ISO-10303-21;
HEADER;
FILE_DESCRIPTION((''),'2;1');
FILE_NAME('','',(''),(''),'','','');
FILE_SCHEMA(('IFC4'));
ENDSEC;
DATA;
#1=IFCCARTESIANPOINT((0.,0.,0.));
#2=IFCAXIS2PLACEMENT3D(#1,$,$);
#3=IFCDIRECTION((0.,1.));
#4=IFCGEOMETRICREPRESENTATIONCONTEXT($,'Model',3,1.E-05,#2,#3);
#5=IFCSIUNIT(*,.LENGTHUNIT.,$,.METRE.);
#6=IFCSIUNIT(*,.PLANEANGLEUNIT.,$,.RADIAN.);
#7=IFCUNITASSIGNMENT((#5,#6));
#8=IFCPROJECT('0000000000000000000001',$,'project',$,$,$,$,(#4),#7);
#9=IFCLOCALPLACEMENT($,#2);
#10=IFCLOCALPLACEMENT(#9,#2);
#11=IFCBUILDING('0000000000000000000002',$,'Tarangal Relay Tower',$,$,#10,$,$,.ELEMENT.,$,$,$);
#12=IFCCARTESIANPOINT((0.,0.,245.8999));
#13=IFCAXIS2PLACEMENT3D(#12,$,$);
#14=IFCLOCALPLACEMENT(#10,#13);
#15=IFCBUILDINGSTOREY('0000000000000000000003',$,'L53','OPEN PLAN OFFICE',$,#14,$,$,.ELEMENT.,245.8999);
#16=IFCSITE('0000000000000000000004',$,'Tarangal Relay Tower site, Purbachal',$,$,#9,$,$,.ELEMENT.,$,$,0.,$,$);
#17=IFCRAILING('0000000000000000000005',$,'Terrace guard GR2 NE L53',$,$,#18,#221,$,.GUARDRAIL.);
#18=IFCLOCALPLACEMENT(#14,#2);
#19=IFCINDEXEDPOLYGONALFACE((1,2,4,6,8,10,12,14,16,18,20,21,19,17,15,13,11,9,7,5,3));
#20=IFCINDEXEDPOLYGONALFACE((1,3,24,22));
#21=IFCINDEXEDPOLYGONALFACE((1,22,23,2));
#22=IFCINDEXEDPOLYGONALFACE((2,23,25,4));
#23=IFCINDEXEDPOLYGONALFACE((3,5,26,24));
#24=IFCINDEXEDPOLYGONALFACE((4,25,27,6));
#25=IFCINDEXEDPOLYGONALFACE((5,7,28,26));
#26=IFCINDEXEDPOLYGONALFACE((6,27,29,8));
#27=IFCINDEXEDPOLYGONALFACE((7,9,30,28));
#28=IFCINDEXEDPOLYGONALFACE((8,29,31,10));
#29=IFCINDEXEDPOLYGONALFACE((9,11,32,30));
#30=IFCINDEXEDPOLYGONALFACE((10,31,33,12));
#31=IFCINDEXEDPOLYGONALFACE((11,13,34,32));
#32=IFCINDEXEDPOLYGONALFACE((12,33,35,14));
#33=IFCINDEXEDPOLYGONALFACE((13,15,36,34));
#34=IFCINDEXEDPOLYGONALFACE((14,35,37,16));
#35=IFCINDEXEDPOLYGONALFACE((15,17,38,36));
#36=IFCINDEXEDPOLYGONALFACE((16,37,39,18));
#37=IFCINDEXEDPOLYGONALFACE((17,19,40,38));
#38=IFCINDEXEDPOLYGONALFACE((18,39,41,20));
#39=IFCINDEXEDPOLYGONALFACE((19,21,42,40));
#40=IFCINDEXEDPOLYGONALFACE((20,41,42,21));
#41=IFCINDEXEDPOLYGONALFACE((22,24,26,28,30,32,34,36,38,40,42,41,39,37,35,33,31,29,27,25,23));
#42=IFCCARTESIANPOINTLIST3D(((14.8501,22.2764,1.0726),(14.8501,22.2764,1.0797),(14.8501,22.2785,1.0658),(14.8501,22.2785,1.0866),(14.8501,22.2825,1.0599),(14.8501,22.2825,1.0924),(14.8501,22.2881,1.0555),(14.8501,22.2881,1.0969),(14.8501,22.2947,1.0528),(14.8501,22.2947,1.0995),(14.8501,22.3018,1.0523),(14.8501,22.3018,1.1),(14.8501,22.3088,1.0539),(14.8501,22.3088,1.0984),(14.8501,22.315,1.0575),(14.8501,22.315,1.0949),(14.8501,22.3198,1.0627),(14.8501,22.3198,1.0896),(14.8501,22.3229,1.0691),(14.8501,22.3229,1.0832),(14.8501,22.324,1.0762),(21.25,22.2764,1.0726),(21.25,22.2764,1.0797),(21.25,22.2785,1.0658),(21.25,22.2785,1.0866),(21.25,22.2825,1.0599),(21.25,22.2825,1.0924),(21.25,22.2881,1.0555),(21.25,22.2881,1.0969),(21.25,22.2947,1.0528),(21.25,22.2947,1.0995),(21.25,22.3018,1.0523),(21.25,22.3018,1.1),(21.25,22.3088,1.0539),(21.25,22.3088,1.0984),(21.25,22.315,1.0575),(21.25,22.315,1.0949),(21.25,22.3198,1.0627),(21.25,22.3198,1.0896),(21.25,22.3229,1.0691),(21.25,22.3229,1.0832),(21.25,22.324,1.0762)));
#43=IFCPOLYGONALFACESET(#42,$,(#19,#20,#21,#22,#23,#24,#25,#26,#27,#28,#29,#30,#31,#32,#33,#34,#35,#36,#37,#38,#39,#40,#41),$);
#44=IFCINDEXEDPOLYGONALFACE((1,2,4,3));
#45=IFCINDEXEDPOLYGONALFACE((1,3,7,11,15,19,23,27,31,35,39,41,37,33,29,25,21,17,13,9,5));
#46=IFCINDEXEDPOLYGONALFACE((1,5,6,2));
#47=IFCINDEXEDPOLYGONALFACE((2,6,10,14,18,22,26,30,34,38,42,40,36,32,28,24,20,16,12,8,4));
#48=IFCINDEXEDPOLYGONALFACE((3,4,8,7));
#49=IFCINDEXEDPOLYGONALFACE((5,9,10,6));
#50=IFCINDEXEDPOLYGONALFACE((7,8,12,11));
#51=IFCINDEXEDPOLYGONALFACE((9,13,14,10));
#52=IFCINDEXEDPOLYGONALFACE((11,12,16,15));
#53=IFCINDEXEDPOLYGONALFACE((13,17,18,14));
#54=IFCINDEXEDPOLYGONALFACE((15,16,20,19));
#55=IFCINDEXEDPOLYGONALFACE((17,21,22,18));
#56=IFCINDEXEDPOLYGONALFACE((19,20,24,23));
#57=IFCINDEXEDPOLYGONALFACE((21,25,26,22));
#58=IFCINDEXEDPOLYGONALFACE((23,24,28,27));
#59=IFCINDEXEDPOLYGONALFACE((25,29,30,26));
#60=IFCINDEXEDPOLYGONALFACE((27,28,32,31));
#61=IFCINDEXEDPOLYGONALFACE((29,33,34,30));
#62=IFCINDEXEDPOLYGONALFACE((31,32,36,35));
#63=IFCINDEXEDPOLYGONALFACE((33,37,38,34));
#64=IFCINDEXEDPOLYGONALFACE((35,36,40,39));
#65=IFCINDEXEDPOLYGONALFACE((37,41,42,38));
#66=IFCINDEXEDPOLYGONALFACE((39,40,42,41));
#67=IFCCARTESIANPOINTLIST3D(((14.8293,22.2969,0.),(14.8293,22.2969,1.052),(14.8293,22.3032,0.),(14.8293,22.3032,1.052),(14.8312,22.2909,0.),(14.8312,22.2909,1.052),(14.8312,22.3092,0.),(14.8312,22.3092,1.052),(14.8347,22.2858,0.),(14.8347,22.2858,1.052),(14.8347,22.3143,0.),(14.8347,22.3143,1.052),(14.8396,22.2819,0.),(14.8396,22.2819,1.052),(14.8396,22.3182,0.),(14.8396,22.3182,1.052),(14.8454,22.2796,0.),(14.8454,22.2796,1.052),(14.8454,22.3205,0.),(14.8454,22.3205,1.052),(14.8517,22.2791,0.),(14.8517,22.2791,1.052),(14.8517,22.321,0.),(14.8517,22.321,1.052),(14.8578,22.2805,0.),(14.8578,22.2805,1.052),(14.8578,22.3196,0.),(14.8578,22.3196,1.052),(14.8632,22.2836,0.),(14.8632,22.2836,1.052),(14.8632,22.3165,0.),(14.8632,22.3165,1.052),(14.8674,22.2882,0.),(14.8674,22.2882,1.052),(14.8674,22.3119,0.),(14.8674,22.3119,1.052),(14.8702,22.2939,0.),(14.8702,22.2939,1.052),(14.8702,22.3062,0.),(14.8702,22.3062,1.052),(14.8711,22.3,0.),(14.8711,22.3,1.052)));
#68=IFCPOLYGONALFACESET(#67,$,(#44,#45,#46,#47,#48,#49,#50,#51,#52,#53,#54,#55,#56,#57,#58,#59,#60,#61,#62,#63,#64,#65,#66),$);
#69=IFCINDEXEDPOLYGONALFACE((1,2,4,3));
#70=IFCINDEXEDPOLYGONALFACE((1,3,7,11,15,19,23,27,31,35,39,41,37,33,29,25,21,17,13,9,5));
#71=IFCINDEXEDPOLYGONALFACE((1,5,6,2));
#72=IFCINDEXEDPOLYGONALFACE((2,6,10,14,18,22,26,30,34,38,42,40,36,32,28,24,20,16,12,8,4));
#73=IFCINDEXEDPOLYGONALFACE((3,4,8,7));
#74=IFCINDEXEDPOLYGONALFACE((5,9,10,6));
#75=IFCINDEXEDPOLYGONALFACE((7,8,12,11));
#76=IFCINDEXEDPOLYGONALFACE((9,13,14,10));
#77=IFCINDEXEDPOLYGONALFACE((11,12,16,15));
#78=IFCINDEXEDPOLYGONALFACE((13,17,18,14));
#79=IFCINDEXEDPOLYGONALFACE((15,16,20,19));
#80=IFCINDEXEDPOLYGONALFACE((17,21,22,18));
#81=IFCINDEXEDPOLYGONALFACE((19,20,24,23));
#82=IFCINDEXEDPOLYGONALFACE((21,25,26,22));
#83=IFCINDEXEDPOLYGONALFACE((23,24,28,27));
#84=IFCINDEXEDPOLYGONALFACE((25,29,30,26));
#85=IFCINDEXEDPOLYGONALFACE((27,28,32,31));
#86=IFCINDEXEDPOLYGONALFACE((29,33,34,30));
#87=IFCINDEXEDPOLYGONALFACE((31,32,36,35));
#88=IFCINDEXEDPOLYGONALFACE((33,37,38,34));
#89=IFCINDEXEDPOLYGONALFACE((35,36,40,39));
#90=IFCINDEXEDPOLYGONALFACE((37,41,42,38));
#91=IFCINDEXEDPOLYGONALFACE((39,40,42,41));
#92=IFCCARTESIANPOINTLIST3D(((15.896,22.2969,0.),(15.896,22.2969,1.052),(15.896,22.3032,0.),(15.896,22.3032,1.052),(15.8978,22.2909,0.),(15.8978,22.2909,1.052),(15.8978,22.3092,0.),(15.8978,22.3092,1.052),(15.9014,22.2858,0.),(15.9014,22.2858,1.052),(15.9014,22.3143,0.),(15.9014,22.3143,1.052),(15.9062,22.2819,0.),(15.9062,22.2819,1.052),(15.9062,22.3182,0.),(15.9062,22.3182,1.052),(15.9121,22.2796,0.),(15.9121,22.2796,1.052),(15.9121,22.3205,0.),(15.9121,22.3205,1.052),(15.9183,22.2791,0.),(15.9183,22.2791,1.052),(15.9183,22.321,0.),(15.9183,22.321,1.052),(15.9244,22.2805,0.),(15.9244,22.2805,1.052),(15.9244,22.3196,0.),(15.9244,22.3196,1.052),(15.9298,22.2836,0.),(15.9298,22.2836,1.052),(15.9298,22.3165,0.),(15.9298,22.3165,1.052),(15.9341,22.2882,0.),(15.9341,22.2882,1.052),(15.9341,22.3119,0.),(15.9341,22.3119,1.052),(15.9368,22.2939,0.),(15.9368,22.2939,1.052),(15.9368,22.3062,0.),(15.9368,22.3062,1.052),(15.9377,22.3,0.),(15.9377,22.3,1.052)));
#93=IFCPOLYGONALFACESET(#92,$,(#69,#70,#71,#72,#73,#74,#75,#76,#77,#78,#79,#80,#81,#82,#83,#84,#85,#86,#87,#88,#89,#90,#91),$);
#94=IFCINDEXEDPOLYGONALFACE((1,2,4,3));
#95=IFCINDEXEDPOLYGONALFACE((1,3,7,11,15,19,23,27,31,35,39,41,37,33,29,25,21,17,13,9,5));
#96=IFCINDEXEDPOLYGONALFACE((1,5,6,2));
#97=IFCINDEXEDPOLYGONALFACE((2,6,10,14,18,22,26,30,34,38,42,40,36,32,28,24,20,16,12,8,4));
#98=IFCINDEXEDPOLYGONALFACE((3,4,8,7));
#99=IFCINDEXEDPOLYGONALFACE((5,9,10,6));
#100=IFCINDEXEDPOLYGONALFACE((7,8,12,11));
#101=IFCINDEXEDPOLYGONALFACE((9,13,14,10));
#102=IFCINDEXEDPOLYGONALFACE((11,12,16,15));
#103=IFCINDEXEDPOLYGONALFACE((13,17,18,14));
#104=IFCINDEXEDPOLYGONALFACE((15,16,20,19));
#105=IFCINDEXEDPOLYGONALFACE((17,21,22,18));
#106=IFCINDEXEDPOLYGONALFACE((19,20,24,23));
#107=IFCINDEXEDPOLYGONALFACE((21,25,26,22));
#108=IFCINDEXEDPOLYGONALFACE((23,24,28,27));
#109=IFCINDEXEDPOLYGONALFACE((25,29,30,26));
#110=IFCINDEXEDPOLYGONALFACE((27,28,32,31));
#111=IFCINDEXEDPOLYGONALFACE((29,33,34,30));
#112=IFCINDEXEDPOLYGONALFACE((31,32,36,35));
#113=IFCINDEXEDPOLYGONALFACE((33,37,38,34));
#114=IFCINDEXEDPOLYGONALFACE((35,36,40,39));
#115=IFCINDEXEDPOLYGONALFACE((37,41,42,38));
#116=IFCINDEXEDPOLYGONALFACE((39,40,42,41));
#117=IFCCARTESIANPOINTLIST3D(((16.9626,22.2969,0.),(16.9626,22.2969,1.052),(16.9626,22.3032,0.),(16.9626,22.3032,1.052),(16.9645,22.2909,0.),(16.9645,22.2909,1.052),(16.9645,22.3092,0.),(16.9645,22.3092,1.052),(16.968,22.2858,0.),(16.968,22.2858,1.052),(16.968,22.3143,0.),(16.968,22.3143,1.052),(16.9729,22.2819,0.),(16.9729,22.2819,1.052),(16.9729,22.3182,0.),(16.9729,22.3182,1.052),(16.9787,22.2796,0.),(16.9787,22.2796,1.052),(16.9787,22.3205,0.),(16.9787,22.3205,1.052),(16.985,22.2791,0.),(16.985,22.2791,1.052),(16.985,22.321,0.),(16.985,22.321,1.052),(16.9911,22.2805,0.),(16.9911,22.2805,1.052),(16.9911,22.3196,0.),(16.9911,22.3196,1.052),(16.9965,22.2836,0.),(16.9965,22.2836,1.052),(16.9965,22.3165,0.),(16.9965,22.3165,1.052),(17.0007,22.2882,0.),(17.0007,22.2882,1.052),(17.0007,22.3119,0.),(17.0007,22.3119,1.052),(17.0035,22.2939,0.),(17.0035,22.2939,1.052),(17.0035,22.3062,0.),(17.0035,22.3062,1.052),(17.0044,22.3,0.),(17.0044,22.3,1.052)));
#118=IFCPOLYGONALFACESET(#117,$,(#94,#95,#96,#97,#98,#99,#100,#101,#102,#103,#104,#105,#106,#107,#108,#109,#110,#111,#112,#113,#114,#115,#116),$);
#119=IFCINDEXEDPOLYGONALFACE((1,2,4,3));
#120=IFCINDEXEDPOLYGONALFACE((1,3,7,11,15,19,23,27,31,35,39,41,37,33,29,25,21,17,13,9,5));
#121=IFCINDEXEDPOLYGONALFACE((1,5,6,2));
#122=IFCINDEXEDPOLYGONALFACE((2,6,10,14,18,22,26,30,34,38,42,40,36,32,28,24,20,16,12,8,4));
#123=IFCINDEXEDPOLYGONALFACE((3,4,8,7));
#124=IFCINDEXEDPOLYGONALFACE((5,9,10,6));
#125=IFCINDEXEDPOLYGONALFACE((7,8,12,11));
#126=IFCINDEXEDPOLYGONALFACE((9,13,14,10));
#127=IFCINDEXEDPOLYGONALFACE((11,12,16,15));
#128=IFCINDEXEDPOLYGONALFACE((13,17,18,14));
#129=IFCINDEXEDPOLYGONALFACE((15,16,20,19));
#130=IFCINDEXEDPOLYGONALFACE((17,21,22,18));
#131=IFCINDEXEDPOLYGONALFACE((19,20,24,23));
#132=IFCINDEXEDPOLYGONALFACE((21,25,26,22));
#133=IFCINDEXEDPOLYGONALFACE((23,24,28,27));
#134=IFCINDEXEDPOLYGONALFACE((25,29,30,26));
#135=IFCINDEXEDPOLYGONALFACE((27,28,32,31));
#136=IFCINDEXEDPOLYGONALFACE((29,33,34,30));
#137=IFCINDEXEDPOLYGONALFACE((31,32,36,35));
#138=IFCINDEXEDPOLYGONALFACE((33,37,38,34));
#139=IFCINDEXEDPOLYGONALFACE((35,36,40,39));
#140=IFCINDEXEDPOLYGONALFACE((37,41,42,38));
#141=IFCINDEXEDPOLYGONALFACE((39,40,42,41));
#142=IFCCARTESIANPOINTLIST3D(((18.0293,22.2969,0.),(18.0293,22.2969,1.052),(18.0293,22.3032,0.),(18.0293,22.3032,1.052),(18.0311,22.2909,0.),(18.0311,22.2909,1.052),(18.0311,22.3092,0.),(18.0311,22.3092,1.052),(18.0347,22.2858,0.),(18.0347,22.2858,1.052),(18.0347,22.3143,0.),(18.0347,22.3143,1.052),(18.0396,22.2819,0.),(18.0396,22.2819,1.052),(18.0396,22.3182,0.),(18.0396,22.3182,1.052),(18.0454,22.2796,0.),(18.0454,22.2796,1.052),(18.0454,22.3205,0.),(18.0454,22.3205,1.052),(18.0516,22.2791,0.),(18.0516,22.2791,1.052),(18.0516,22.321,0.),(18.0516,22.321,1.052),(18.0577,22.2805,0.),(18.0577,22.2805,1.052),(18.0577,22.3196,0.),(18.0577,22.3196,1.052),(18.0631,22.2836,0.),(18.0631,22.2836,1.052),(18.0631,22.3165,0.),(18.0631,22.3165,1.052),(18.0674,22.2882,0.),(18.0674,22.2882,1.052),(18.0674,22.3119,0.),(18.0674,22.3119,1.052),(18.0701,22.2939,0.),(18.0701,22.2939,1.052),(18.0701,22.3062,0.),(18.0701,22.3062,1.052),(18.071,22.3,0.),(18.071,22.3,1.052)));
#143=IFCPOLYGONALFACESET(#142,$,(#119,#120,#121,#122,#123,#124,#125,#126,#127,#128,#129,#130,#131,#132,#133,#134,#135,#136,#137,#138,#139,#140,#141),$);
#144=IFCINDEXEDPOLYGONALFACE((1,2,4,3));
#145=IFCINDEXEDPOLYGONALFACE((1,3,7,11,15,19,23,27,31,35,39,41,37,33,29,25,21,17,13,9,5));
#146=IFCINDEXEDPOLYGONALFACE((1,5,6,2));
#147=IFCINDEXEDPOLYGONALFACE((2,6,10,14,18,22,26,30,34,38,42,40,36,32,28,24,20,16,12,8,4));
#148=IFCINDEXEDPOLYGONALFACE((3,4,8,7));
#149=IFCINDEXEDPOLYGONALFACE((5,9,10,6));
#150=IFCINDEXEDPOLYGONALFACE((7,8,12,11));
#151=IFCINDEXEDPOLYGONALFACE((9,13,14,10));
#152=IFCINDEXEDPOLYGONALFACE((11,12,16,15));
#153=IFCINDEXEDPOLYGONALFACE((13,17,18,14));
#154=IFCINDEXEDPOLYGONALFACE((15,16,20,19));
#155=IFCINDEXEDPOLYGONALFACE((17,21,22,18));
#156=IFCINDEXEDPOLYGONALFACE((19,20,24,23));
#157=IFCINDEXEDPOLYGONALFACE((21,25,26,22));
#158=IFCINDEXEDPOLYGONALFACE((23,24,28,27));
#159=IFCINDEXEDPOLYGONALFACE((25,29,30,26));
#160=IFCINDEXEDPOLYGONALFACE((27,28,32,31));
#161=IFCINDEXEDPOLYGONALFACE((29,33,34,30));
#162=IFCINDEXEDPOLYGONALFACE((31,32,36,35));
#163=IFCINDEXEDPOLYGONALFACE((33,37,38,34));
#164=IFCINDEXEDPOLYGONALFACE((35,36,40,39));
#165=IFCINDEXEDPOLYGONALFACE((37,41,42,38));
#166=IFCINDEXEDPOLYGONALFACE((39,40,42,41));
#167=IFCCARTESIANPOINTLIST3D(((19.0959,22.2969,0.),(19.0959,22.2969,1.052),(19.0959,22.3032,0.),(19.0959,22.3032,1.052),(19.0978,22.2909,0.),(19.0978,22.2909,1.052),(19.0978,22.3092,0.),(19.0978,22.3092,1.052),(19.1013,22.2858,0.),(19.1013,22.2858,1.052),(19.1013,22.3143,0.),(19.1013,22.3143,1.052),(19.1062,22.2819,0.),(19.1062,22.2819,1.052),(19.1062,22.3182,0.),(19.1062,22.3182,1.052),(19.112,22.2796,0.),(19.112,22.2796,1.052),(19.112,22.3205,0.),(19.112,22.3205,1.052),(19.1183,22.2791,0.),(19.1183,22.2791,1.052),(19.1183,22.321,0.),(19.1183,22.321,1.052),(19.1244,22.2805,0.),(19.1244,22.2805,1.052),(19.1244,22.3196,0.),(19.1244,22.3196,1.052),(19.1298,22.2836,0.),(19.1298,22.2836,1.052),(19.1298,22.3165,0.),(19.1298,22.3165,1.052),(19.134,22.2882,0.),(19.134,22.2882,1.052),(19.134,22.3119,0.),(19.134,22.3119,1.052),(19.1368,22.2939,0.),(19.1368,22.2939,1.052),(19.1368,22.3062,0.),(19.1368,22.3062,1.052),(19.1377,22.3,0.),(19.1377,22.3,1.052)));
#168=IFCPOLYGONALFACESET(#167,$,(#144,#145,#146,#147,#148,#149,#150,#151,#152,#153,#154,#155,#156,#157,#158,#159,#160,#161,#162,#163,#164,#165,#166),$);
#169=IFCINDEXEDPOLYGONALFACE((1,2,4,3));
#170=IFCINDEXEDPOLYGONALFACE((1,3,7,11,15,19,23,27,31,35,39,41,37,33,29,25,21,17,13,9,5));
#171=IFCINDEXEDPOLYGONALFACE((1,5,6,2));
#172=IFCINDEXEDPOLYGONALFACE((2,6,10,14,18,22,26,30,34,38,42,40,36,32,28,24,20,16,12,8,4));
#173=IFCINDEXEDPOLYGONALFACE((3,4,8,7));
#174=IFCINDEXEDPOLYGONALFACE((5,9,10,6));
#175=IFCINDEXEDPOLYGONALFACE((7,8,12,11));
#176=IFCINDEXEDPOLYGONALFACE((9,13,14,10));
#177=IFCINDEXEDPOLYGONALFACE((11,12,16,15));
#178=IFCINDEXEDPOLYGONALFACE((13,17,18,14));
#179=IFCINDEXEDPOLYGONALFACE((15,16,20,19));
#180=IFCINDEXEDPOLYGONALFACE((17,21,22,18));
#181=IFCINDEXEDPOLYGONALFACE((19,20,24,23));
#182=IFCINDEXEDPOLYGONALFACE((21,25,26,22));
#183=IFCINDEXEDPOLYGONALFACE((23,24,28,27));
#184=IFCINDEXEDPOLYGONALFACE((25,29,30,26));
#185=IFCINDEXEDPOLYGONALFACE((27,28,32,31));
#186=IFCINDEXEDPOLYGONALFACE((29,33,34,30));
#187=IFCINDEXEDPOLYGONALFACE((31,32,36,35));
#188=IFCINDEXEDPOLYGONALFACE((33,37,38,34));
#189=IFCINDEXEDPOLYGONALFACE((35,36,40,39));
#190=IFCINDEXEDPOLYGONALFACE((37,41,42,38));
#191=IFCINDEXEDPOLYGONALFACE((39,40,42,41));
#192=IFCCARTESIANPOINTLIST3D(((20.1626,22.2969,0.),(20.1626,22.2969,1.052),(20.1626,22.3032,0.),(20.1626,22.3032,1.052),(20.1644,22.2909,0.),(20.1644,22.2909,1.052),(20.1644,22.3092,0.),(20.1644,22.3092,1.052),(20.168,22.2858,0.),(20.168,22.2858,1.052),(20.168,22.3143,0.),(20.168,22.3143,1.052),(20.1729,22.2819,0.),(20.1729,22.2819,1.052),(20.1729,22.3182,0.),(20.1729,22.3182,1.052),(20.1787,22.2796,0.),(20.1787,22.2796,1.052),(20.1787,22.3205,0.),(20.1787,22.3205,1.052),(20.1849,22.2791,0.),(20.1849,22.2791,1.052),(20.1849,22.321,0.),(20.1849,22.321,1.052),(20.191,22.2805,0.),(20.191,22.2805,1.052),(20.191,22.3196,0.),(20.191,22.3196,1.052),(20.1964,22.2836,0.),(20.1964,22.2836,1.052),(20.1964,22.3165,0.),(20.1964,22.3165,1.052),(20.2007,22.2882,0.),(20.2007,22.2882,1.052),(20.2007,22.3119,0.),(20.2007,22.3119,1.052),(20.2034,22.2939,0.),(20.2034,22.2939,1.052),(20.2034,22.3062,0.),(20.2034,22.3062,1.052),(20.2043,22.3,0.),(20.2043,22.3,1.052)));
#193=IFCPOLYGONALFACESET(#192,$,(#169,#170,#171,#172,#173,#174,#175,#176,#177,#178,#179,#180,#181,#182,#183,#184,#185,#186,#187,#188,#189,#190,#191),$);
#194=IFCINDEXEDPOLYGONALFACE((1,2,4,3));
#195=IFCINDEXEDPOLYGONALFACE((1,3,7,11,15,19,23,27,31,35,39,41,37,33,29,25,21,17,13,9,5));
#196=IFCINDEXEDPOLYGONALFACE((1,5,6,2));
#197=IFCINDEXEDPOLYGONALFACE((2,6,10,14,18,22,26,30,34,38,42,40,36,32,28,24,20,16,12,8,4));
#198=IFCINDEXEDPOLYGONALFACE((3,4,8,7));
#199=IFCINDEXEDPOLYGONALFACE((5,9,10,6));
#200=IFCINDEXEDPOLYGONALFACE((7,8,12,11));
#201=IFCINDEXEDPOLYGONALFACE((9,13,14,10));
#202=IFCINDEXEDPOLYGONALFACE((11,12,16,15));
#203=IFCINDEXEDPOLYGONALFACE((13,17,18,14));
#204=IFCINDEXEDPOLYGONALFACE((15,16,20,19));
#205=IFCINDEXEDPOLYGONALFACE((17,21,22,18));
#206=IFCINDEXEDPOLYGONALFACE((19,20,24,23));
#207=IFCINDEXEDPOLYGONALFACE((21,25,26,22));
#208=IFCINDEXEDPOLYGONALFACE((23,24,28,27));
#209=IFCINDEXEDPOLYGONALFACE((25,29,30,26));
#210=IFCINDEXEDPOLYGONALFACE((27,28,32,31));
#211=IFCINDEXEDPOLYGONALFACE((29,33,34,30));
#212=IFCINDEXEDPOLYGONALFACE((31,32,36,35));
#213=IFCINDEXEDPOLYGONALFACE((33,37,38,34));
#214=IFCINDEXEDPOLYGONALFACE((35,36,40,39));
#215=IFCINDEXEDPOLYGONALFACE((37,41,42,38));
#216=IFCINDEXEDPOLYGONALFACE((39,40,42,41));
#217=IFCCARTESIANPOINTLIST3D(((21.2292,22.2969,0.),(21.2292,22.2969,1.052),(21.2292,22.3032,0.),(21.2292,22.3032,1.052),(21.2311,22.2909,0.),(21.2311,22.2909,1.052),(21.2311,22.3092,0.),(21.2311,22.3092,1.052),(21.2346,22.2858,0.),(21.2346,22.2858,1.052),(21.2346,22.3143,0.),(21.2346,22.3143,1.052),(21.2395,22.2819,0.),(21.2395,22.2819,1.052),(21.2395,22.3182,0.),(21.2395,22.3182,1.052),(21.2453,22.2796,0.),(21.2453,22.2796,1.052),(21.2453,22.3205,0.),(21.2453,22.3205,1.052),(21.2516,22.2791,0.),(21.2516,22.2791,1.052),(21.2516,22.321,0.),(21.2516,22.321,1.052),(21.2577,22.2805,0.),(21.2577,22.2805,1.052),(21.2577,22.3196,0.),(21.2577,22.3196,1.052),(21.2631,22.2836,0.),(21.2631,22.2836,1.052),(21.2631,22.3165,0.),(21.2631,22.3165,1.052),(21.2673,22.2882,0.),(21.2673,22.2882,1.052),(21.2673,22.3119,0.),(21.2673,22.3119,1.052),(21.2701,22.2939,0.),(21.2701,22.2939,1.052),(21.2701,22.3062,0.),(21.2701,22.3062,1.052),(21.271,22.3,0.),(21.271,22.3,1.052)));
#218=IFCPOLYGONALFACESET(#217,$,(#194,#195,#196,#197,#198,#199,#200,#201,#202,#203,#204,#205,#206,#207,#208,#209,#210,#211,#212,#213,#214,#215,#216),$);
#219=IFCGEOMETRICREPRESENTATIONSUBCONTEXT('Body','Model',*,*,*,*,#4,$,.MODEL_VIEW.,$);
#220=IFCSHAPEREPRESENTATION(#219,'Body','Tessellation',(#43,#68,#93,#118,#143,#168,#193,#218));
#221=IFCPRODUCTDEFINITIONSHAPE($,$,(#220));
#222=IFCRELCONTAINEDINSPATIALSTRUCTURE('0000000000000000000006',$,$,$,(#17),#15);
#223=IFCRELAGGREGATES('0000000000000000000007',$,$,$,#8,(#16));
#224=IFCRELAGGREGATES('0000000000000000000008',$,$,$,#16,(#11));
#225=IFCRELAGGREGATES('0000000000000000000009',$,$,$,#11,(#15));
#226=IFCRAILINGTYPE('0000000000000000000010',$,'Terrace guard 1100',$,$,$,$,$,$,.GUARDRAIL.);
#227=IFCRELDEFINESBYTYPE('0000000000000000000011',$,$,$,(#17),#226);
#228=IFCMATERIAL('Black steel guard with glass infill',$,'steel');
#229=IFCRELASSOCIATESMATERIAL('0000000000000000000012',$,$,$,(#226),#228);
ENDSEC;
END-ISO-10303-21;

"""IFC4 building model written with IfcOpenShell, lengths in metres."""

from ifc_helpers import new_model, si_unit, direction, frame, origin, origin_2d, place, context, subcontext, project, spatial, circle, extrude, material, type_object, element, save


model = new_model("IFC4")

# Units and contexts
model_context = context("Model", 3, precision=1e-05, world=origin(), true_north=direction((0.0, 1.0)))
body_context = subcontext(model_context, "Body", "Model", "MODEL_VIEW")
ifc_project = project(units=[si_unit("LENGTHUNIT", "METRE"), si_unit("PLANEANGLEUNIT", "RADIAN")], contexts=[model_context])

# Site, building, storey
site_placement = place(None, origin())
site = spatial("IfcSite", under=ifc_project, at=site_placement, Name="Tarangal Relay Tower site, Purbachal", CompositionType="ELEMENT", RefElevation=0.0)
building_placement = place(site_placement, origin())
building = spatial("IfcBuilding", under=site, at=building_placement, Name="Tarangal Relay Tower", CompositionType="ELEMENT")
storey_placement = place(building_placement, frame((0.0, 0.0, 245.8999)))
storey = spatial("IfcBuildingStorey", under=building, at=storey_placement, Name="L53", Description="OPEN PLAN OFFICE", CompositionType="ELEMENT", Elevation=245.8999)

# Railing
ifc_material_1 = material(Name="Black steel guard with glass infill", Category="steel")
railing_type = type_object("IfcRailingType", Name="Terrace guard 1100", PredefinedType="GUARDRAIL", material=ifc_material_1)
railing_1_placement = place(storey_placement, frame((14.8501, 22.3, 0.0)))
element("IfcRailing", 1, at=railing_1_placement, inside=storey, type_object=railing_type, Name="Terrace guard GR2 NE L53", PredefinedType="GUARDRAIL", context=body_context, shape_type="SweptSolid", body=[
    extrude(circle(Radius=0.0239, at=origin_2d()), frame((0.0, 0.0, 1.0762), z_axis=(1.0, 0.0, 0.0), x_axis=(0.0, 1.0, 0.0)), (0.0, 0.0, 1.0), 6.3999),
    extrude(circle(Radius=0.021, at=origin_2d()), origin(), (0.0, 0.0, 1.0), 1.052),
    extrude(circle(Radius=0.021, at=origin_2d()), frame((1.0667, 0.0, 0.0)), (0.0, 0.0, 1.0), 1.052),
    extrude(circle(Radius=0.021, at=origin_2d()), frame((2.1333, 0.0, 0.0)), (0.0, 0.0, 1.0), 1.052),
    extrude(circle(Radius=0.021, at=origin_2d()), frame((3.2, 0.0, 0.0)), (0.0, 0.0, 1.0), 1.052),
    extrude(circle(Radius=0.021, at=origin_2d()), frame((4.2666, 0.0, 0.0)), (0.0, 0.0, 1.0), 1.052),
    extrude(circle(Radius=0.021, at=origin_2d()), frame((5.3333, 0.0, 0.0)), (0.0, 0.0, 1.0), 1.052),
    extrude(circle(Radius=0.021, at=origin_2d()), frame((6.3999, 0.0, 0.0)), (0.0, 0.0, 1.0), 1.052),
])

save(model, "model.ifc")
